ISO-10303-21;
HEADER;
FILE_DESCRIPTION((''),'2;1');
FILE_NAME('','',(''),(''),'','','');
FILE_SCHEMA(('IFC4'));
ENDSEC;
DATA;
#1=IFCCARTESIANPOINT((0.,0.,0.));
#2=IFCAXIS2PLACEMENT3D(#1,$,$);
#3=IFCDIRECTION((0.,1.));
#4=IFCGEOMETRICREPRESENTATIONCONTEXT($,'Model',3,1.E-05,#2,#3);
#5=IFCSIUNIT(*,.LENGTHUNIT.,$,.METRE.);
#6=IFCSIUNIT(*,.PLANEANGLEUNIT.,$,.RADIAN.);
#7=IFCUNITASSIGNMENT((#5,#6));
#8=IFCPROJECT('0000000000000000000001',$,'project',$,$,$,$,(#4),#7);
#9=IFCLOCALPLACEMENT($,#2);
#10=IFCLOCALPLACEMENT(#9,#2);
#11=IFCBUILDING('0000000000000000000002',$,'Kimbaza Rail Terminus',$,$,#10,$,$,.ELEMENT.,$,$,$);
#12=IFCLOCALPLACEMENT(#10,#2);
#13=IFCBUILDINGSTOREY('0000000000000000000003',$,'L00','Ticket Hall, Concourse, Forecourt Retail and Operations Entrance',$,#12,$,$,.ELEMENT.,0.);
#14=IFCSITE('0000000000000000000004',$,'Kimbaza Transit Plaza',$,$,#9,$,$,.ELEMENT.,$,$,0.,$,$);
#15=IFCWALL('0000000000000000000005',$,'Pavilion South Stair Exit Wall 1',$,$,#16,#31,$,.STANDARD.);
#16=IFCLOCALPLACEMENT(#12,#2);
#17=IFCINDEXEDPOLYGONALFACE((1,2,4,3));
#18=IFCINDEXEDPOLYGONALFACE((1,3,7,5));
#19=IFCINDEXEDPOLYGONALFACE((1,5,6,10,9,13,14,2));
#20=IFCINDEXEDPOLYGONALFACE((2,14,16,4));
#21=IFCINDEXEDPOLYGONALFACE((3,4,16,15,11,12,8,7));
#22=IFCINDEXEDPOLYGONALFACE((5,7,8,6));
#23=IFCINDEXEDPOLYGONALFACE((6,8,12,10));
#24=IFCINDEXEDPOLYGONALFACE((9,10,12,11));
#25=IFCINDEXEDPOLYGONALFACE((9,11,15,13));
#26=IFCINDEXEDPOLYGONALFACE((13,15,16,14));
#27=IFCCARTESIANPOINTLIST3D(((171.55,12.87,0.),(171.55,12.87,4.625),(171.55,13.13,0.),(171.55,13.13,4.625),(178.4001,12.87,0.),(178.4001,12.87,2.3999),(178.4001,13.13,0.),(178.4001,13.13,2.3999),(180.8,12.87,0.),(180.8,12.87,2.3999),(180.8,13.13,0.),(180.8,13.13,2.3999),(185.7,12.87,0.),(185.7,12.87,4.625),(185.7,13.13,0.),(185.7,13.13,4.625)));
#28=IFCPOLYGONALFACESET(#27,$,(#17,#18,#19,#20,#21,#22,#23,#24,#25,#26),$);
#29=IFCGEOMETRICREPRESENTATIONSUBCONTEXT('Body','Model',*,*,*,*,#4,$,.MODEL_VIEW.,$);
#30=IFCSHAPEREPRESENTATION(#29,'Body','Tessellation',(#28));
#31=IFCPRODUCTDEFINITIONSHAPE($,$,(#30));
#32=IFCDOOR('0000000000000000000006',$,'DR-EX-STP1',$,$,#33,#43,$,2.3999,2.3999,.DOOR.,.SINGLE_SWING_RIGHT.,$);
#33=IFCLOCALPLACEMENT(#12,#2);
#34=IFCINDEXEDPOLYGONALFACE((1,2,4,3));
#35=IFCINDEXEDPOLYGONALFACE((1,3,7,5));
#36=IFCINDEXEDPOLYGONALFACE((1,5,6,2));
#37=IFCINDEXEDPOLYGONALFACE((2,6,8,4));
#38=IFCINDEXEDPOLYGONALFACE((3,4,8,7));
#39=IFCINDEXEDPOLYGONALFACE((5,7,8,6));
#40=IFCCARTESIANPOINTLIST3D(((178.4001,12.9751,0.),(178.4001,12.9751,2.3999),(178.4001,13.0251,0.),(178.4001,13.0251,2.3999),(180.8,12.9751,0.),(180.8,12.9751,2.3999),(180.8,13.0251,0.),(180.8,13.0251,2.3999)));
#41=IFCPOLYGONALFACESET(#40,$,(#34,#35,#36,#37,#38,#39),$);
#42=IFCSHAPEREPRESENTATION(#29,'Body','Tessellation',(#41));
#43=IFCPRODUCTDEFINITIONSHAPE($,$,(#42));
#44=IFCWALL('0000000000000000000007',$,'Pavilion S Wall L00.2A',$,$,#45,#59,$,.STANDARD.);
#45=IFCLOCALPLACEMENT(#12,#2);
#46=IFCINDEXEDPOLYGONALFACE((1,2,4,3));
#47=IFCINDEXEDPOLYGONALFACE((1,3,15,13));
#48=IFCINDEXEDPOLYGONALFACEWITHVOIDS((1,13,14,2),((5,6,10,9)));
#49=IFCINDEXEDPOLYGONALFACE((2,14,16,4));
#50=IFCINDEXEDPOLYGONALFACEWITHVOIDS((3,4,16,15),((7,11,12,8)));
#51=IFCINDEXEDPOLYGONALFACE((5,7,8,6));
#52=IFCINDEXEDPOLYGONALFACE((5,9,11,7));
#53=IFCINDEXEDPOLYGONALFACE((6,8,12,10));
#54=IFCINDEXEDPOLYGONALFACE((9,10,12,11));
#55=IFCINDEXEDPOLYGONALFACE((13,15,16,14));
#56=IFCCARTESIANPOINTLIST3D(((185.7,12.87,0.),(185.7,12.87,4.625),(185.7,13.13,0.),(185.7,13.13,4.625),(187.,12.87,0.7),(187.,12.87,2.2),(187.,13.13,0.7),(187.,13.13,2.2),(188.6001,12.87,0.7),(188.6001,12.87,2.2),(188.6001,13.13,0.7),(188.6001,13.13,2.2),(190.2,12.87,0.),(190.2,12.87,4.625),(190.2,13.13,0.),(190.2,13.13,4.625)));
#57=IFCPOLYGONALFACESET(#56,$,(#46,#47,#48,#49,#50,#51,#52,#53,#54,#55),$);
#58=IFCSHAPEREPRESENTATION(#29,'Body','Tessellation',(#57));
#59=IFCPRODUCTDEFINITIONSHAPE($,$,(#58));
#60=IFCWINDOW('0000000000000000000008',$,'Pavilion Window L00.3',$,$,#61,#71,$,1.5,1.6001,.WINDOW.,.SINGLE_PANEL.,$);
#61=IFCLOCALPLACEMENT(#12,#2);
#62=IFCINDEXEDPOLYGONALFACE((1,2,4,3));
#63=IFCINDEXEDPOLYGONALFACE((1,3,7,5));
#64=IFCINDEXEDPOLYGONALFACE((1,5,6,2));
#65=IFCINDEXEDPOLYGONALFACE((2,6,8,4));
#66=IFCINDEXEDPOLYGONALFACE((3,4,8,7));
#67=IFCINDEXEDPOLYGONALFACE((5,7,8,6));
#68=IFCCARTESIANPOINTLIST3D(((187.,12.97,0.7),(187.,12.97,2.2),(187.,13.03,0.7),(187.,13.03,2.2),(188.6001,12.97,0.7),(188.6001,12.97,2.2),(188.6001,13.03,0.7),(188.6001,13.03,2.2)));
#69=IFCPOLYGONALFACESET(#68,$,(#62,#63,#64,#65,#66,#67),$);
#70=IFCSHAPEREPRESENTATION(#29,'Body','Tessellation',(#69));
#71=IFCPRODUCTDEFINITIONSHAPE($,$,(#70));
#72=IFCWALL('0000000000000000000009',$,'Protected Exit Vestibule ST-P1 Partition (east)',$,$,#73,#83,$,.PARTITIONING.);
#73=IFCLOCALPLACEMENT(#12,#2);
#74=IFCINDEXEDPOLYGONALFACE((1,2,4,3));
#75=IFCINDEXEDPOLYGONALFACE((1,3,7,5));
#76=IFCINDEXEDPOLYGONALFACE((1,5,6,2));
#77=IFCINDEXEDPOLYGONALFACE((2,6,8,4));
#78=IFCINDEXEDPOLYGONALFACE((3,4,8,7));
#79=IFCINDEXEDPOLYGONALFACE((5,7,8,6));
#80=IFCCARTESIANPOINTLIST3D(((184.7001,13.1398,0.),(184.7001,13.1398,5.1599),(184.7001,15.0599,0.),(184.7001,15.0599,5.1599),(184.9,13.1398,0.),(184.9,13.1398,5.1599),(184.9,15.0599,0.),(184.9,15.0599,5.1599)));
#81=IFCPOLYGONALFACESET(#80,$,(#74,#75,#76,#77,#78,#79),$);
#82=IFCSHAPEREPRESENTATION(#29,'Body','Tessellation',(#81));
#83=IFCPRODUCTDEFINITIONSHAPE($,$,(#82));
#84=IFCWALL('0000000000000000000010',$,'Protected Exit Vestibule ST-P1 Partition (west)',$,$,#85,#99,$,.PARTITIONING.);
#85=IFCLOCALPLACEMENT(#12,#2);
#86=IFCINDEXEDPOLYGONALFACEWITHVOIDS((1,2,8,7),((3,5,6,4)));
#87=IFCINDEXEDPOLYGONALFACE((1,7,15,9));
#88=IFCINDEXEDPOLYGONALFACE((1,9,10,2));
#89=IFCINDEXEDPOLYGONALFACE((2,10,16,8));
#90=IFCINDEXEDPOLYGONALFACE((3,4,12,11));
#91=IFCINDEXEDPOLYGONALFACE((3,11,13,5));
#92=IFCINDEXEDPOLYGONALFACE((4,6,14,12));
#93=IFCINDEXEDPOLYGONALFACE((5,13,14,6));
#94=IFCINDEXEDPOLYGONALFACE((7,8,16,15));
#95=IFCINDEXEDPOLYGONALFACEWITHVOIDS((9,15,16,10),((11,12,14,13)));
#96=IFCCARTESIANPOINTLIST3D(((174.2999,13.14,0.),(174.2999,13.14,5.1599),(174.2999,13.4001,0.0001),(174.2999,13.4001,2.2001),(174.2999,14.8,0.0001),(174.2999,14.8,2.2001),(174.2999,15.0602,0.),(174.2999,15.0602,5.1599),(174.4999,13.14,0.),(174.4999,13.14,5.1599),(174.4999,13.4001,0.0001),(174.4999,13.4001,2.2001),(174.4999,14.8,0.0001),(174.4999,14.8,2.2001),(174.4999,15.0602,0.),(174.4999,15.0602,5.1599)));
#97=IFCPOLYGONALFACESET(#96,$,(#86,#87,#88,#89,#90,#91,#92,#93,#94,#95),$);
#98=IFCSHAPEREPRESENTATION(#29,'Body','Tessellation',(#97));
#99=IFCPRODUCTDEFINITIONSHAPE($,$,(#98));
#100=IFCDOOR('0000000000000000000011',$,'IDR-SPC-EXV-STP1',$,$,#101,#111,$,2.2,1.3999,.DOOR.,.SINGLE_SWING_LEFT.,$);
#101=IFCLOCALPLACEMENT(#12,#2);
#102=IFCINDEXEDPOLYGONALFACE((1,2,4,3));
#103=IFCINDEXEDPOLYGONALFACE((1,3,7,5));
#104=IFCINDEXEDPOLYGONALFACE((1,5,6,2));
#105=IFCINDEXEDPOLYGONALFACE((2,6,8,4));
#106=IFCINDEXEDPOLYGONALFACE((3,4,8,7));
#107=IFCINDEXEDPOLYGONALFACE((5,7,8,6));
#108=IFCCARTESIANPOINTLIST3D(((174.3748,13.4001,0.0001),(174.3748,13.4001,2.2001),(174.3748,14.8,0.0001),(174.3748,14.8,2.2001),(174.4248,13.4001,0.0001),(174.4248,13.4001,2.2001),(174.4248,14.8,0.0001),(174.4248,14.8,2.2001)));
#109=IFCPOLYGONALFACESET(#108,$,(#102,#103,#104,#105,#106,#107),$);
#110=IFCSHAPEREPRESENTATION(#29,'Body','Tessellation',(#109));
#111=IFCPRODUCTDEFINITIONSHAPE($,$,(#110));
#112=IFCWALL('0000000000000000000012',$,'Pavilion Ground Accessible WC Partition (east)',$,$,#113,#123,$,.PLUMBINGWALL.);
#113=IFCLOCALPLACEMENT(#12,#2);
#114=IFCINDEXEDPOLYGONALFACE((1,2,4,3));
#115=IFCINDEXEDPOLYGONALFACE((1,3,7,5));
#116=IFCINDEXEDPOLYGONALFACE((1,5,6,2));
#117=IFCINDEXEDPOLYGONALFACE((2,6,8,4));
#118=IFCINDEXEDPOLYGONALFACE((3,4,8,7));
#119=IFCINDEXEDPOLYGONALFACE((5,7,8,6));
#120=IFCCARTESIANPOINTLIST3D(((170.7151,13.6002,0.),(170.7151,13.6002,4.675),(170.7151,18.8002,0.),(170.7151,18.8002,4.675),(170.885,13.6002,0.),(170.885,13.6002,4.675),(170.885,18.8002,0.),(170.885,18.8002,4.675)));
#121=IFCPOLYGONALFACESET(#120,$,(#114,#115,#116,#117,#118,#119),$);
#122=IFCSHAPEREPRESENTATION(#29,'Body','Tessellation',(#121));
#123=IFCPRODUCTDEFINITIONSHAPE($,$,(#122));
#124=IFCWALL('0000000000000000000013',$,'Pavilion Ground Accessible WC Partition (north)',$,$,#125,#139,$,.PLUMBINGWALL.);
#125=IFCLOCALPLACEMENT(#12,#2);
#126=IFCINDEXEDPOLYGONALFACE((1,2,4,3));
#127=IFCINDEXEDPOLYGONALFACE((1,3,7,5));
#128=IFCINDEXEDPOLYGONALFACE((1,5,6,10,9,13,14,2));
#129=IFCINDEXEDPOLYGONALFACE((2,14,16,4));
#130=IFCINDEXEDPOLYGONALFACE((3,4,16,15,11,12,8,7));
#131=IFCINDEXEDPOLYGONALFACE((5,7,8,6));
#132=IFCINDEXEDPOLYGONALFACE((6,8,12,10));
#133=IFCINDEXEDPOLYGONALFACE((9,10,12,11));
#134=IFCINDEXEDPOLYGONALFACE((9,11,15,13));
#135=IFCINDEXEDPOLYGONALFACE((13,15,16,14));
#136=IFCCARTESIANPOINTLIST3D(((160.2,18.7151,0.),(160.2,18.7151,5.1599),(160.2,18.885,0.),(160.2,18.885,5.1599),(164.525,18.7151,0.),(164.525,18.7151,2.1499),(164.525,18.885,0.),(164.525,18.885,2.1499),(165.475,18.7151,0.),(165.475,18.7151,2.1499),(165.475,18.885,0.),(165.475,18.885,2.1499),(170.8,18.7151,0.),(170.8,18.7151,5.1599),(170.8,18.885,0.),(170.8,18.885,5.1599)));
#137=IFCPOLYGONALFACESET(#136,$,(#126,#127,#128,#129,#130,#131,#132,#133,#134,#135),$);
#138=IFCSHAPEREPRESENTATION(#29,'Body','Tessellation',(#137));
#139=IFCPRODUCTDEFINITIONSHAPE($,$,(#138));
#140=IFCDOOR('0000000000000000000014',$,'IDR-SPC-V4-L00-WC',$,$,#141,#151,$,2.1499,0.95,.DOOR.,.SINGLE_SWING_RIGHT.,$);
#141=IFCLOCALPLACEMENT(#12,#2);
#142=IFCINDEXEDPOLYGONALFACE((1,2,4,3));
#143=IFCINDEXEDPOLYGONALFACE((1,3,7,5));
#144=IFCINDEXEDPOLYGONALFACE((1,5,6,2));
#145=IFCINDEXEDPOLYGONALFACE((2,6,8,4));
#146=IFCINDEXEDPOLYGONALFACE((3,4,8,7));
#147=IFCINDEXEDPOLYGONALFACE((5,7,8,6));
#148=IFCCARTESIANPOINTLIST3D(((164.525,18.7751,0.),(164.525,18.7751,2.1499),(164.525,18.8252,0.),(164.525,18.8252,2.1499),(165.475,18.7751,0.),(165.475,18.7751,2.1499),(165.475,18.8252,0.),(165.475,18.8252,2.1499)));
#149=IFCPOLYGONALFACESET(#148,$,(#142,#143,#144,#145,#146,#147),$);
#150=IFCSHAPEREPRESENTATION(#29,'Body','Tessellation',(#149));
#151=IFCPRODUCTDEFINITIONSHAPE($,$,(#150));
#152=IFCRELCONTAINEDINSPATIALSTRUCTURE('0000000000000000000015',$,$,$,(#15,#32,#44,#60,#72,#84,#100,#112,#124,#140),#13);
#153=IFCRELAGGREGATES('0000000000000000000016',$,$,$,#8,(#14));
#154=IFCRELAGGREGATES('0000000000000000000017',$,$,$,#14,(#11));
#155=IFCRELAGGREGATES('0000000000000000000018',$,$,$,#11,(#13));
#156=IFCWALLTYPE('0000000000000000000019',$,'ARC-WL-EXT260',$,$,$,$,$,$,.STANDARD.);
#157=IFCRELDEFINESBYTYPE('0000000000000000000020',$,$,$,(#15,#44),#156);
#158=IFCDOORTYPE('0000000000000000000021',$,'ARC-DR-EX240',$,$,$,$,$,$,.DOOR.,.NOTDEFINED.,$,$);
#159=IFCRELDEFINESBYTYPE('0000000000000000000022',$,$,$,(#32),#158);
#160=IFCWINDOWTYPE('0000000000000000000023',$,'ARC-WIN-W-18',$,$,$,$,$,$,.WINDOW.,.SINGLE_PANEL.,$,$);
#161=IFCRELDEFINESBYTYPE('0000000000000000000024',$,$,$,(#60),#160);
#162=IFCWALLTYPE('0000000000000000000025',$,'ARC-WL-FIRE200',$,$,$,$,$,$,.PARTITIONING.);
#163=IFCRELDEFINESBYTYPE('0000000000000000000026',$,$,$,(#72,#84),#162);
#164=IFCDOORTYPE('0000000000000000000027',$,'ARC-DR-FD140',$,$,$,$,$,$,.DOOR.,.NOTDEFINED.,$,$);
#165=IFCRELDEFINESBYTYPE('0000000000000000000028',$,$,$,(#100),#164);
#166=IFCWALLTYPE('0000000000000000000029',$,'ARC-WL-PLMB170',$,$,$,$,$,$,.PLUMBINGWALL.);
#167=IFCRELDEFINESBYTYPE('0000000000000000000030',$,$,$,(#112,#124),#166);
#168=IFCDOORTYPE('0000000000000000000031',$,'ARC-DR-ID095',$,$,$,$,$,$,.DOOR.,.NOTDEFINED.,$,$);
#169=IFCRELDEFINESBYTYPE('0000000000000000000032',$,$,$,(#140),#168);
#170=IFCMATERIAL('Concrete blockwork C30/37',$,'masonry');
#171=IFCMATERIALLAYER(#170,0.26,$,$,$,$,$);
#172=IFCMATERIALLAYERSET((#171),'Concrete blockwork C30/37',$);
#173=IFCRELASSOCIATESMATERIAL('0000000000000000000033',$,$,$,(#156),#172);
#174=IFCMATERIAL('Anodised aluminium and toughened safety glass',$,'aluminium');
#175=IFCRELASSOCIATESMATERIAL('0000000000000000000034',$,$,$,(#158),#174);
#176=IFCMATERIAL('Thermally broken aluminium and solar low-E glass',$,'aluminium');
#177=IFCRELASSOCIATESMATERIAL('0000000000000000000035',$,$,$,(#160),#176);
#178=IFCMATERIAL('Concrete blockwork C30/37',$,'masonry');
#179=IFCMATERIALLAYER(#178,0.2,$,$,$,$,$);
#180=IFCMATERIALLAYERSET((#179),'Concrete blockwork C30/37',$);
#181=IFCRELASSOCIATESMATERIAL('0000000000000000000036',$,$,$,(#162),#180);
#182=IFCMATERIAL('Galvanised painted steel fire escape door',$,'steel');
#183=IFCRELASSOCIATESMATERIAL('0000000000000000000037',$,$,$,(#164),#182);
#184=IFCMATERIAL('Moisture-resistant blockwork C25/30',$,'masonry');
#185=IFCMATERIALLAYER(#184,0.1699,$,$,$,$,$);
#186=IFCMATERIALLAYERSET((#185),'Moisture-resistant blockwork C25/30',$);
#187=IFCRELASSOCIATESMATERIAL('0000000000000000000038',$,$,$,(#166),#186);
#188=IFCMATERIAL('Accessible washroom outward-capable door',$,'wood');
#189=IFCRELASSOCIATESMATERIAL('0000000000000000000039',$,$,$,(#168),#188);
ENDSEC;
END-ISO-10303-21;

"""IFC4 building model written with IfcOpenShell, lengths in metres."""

from ifc_helpers import new_model, si_unit, direction, frame, frame_2d, origin, place, context, subcontext, project, spatial, rectangle, extrude, material, layer, layer_set, type_object, element, fill, save


model = new_model("IFC4")

# Units and contexts
model_context = context("Model", 3, precision=1e-05, world=origin(), true_north=direction((0.0, 1.0)))
body_context = subcontext(model_context, "Body", "Model", "MODEL_VIEW")
ifc_project = project(units=[si_unit("LENGTHUNIT", "METRE"), si_unit("PLANEANGLEUNIT", "RADIAN")], contexts=[model_context])

# Site, building, storey
site_placement = place(None, origin())
site = spatial("IfcSite", under=ifc_project, at=site_placement, Name="Kimbaza Transit Plaza", CompositionType="ELEMENT", RefElevation=0.0)
building_placement = place(site_placement, origin())
building = spatial("IfcBuilding", under=site, at=building_placement, Name="Kimbaza Rail Terminus", CompositionType="ELEMENT")
storey_placement = place(building_placement, origin())
storey = spatial("IfcBuildingStorey", under=building, at=storey_placement, Name="L00", Description="Ticket Hall, Concourse, Forecourt Retail and Operations Entrance", CompositionType="ELEMENT", Elevation=0.0)

# Shared definitions
ifc_material_1 = material(Name="Concrete blockwork C30/37", Category="masonry")
ifc_layer_1 = layer(ifc_material_1, 0.26)
ifc_layer_set_1 = layer_set([ifc_layer_1], Name="Concrete blockwork C30/37")
wall_type_1 = type_object("IfcWallType", Name="ARC-WL-EXT260", PredefinedType="STANDARD", material=ifc_layer_set_1)

# Wall, opening, door
wall_1_placement = place(storey_placement, frame((171.55, 13.0, 0.0), z_axis=(0.0, 0.0, 1.0), x_axis=(1.0, 0.0, 0.0)))
wall_1 = element("IfcWall", 1, at=wall_1_placement, inside=storey, type_object=wall_type_1, Name="Pavilion South Stair Exit Wall 1", PredefinedType="STANDARD", context=body_context, shape_type="SweptSolid", body=[
    extrude(rectangle(XDim=14.1499, YDim=0.26, at=frame_2d((7.075, 0.0))), origin(), (0.0, 0.0, 1.0), 4.625),
])
opening_1_placement = place(wall_1_placement, frame((9.25, 0.0, 0.0), z_axis=(0.0, 0.0, 1.0), x_axis=(-1.0, 0.0, 0.0)))
opening_1 = element("IfcOpeningElement", 2, at=opening_1_placement, cuts=wall_1, PredefinedType="OPENING", context=body_context, shape_type="SweptSolid", body=[
    extrude(rectangle(XDim=2.3999, YDim=2.3999, at=frame_2d((1.2, 1.2))), frame((0.0, 0.1399, 0.0), z_axis=(0.0, -1.0, 0.0), x_axis=(1.0, 0.0, 0.0)), (0.0, 0.0, 1.0), 0.28),
])
ifc_material_2 = material(Name="Anodised aluminium and toughened safety glass", Category="aluminium")
door_type_1 = type_object("IfcDoorType", Name="ARC-DR-EX240", OperationType="NOTDEFINED", PredefinedType="DOOR", material=ifc_material_2)
door_1_placement = place(opening_1_placement, origin())
door_1 = element("IfcDoor", 3, at=door_1_placement, inside=storey, type_object=door_type_1, Name="DR-EX-STP1", OperationType="SINGLE_SWING_RIGHT", OverallHeight=2.3999, OverallWidth=2.3999, PredefinedType="DOOR", context=body_context, shape_type="SweptSolid", body=[
    extrude(rectangle(XDim=2.3999, YDim=2.3999, at=frame_2d((1.2, 1.2))), frame((0.0, 0.0249, 0.0), z_axis=(0.0, -1.0, 0.0), x_axis=(1.0, 0.0, 0.0)), (0.0, 0.0, 1.0), 0.05),
])
fill(opening_1, door_1)

# Wall, opening, window
wall_2_placement = place(storey_placement, frame((185.7, 13.0, 0.0), z_axis=(0.0, 0.0, 1.0), x_axis=(1.0, 0.0, 0.0)))
wall_2 = element("IfcWall", 4, at=wall_2_placement, inside=storey, type_object=wall_type_1, Name="Pavilion S Wall L00.2A", PredefinedType="STANDARD", context=body_context, shape_type="SweptSolid", body=[
    extrude(rectangle(XDim=4.5, YDim=0.26, at=frame_2d((2.25, 0.0))), origin(), (0.0, 0.0, 1.0), 4.625),
])
opening_2_placement = place(wall_2_placement, frame((1.3, 0.0, 0.7)))
opening_2 = element("IfcOpeningElement", 5, at=opening_2_placement, cuts=wall_2, PredefinedType="OPENING", context=body_context, shape_type="SweptSolid", body=[
    extrude(rectangle(XDim=1.6001, YDim=1.5, at=frame_2d((0.8, 0.75))), frame((0.0, 0.1399, 0.0), z_axis=(0.0, -1.0, 0.0), x_axis=(1.0, 0.0, 0.0)), (0.0, 0.0, 1.0), 0.28),
])
ifc_material_3 = material(Name="Thermally broken aluminium and solar low-E glass", Category="aluminium")
window_type = type_object("IfcWindowType", Name="ARC-WIN-W-18", PartitioningType="SINGLE_PANEL", PredefinedType="WINDOW", material=ifc_material_3)
window_placement = place(opening_2_placement, origin())
window = element("IfcWindow", 6, at=window_placement, inside=storey, type_object=window_type, Name="Pavilion Window L00.3", OverallHeight=1.5, OverallWidth=1.6001, PartitioningType="SINGLE_PANEL", PredefinedType="WINDOW", context=body_context, shape_type="SweptSolid", body=[
    extrude(rectangle(XDim=1.6001, YDim=1.5, at=frame_2d((0.8, 0.75))), frame((0.0, 0.03, 0.0), z_axis=(0.0, -1.0, 0.0), x_axis=(1.0, 0.0, 0.0)), (0.0, 0.0, 1.0), 0.0601),
])
fill(opening_2, window)

# Wall
ifc_material_4 = material(Name="Concrete blockwork C30/37", Category="masonry")
ifc_layer_2 = layer(ifc_material_4, 0.2)
ifc_layer_set_2 = layer_set([ifc_layer_2], Name="Concrete blockwork C30/37")
wall_type_2 = type_object("IfcWallType", Name="ARC-WL-FIRE200", PredefinedType="PARTITIONING", material=ifc_layer_set_2)
wall_3_placement = place(storey_placement, frame((184.8, 13.1399, 0.0), z_axis=(0.0, 0.0, 1.0), x_axis=(0.0, 1.0, 0.0)))
element("IfcWall", 7, at=wall_3_placement, inside=storey, type_object=wall_type_2, Name="Protected Exit Vestibule ST-P1 Partition (east)", PredefinedType="PARTITIONING", context=body_context, shape_type="SweptSolid", body=[
    extrude(rectangle(XDim=1.9202, YDim=0.2, at=frame_2d((0.96, 0.0))), origin(), (0.0, 0.0, 1.0), 5.1599),
])

# Wall, opening, door
wall_4_placement = place(storey_placement, frame((174.3999, 15.0601, 0.0), z_axis=(0.0, 0.0, 1.0), x_axis=(0.0, -1.0, 0.0)))
wall_4 = element("IfcWall", 8, at=wall_4_placement, inside=storey, type_object=wall_type_2, Name="Protected Exit Vestibule ST-P1 Partition (west)", PredefinedType="PARTITIONING", context=body_context, shape_type="SweptSolid", body=[
    extrude(rectangle(XDim=1.9202, YDim=0.2, at=frame_2d((0.96, 0.0))), origin(), (0.0, 0.0, 1.0), 5.1599),
])
opening_3_placement = place(wall_4_placement, frame((0.26, 0.0, 0.0)))
opening_3 = element("IfcOpeningElement", 9, at=opening_3_placement, cuts=wall_4, PredefinedType="OPENING", context=body_context, shape_type="SweptSolid", body=[
    extrude(rectangle(XDim=1.3999, YDim=2.2, at=frame_2d((0.7, 1.1001))), frame((0.0, 0.1099, 0.0), z_axis=(0.0, -1.0, 0.0), x_axis=(1.0, 0.0, 0.0)), (0.0, 0.0, 1.0), 0.22),
])
ifc_material_5 = material(Name="Galvanised painted steel fire escape door", Category="steel")
door_type_2 = type_object("IfcDoorType", Name="ARC-DR-FD140", OperationType="NOTDEFINED", PredefinedType="DOOR", material=ifc_material_5)
door_2_placement = place(opening_3_placement, origin())
door_2 = element("IfcDoor", 10, at=door_2_placement, inside=storey, type_object=door_type_2, Name="IDR-SPC-EXV-STP1", OperationType="SINGLE_SWING_LEFT", OverallHeight=2.2, OverallWidth=1.3999, PredefinedType="DOOR", context=body_context, shape_type="SweptSolid", body=[
    extrude(rectangle(XDim=1.3999, YDim=2.2, at=frame_2d((0.7, 1.1001))), frame((0.0, 0.0249, 0.0), z_axis=(0.0, -1.0, 0.0), x_axis=(1.0, 0.0, 0.0)), (0.0, 0.0, 1.0), 0.05),
])
fill(opening_3, door_2)

# Wall
ifc_material_6 = material(Name="Moisture-resistant blockwork C25/30", Category="masonry")
ifc_layer_3 = layer(ifc_material_6, 0.1699)
ifc_layer_set_3 = layer_set([ifc_layer_3], Name="Moisture-resistant blockwork C25/30")
wall_type_3 = type_object("IfcWallType", Name="ARC-WL-PLMB170", PredefinedType="PLUMBINGWALL", material=ifc_layer_set_3)
wall_5_placement = place(storey_placement, frame((170.8, 13.6001, 0.0), z_axis=(0.0, 0.0, 1.0), x_axis=(0.0, 1.0, 0.0)))
element("IfcWall", 11, at=wall_5_placement, inside=storey, type_object=wall_type_3, Name="Pavilion Ground Accessible WC Partition (east)", PredefinedType="PLUMBINGWALL", context=body_context, shape_type="SweptSolid", body=[
    extrude(rectangle(XDim=5.2, YDim=0.1699, at=frame_2d((2.6001, 0.0))), origin(), (0.0, 0.0, 1.0), 4.675),
])

# Wall, opening, door
wall_6_placement = place(storey_placement, frame((170.8, 18.8, 0.0), z_axis=(0.0, 0.0, 1.0), x_axis=(-1.0, 0.0, 0.0)))
wall_6 = element("IfcWall", 12, at=wall_6_placement, inside=storey, type_object=wall_type_3, Name="Pavilion Ground Accessible WC Partition (north)", PredefinedType="PLUMBINGWALL", context=body_context, shape_type="SweptSolid", body=[
    extrude(rectangle(XDim=10.6001, YDim=0.1699, at=frame_2d((5.3, 0.0))), origin(), (0.0, 0.0, 1.0), 5.1599),
])
opening_4_placement = place(wall_6_placement, frame((5.325, 0.0, 0.0)))
opening_4 = element("IfcOpeningElement", 13, at=opening_4_placement, cuts=wall_6, PredefinedType="OPENING", context=body_context, shape_type="SweptSolid", body=[
    extrude(rectangle(XDim=0.95, YDim=2.1499, at=frame_2d((0.4751, 1.075))), frame((0.0, 0.095, 0.0), z_axis=(0.0, -1.0, 0.0), x_axis=(1.0, 0.0, 0.0)), (0.0, 0.0, 1.0), 0.1899),
])
ifc_material_7 = material(Name="Accessible washroom outward-capable door", Category="wood")
door_type_3 = type_object("IfcDoorType", Name="ARC-DR-ID095", OperationType="NOTDEFINED", PredefinedType="DOOR", material=ifc_material_7)
door_3_placement = place(opening_4_placement, origin())
door_3 = element("IfcDoor", 14, at=door_3_placement, inside=storey, type_object=door_type_3, Name="IDR-SPC-V4-L00-WC", OperationType="SINGLE_SWING_RIGHT", OverallHeight=2.1499, OverallWidth=0.95, PredefinedType="DOOR", context=body_context, shape_type="SweptSolid", body=[
    extrude(rectangle(XDim=0.95, YDim=2.1499, at=frame_2d((0.4751, 1.075))), frame((0.0, 0.0249, 0.0), z_axis=(0.0, -1.0, 0.0), x_axis=(1.0, 0.0, 0.0)), (0.0, 0.0, 1.0), 0.05),
])
fill(opening_4, door_3)

save(model, "model.ifc")
